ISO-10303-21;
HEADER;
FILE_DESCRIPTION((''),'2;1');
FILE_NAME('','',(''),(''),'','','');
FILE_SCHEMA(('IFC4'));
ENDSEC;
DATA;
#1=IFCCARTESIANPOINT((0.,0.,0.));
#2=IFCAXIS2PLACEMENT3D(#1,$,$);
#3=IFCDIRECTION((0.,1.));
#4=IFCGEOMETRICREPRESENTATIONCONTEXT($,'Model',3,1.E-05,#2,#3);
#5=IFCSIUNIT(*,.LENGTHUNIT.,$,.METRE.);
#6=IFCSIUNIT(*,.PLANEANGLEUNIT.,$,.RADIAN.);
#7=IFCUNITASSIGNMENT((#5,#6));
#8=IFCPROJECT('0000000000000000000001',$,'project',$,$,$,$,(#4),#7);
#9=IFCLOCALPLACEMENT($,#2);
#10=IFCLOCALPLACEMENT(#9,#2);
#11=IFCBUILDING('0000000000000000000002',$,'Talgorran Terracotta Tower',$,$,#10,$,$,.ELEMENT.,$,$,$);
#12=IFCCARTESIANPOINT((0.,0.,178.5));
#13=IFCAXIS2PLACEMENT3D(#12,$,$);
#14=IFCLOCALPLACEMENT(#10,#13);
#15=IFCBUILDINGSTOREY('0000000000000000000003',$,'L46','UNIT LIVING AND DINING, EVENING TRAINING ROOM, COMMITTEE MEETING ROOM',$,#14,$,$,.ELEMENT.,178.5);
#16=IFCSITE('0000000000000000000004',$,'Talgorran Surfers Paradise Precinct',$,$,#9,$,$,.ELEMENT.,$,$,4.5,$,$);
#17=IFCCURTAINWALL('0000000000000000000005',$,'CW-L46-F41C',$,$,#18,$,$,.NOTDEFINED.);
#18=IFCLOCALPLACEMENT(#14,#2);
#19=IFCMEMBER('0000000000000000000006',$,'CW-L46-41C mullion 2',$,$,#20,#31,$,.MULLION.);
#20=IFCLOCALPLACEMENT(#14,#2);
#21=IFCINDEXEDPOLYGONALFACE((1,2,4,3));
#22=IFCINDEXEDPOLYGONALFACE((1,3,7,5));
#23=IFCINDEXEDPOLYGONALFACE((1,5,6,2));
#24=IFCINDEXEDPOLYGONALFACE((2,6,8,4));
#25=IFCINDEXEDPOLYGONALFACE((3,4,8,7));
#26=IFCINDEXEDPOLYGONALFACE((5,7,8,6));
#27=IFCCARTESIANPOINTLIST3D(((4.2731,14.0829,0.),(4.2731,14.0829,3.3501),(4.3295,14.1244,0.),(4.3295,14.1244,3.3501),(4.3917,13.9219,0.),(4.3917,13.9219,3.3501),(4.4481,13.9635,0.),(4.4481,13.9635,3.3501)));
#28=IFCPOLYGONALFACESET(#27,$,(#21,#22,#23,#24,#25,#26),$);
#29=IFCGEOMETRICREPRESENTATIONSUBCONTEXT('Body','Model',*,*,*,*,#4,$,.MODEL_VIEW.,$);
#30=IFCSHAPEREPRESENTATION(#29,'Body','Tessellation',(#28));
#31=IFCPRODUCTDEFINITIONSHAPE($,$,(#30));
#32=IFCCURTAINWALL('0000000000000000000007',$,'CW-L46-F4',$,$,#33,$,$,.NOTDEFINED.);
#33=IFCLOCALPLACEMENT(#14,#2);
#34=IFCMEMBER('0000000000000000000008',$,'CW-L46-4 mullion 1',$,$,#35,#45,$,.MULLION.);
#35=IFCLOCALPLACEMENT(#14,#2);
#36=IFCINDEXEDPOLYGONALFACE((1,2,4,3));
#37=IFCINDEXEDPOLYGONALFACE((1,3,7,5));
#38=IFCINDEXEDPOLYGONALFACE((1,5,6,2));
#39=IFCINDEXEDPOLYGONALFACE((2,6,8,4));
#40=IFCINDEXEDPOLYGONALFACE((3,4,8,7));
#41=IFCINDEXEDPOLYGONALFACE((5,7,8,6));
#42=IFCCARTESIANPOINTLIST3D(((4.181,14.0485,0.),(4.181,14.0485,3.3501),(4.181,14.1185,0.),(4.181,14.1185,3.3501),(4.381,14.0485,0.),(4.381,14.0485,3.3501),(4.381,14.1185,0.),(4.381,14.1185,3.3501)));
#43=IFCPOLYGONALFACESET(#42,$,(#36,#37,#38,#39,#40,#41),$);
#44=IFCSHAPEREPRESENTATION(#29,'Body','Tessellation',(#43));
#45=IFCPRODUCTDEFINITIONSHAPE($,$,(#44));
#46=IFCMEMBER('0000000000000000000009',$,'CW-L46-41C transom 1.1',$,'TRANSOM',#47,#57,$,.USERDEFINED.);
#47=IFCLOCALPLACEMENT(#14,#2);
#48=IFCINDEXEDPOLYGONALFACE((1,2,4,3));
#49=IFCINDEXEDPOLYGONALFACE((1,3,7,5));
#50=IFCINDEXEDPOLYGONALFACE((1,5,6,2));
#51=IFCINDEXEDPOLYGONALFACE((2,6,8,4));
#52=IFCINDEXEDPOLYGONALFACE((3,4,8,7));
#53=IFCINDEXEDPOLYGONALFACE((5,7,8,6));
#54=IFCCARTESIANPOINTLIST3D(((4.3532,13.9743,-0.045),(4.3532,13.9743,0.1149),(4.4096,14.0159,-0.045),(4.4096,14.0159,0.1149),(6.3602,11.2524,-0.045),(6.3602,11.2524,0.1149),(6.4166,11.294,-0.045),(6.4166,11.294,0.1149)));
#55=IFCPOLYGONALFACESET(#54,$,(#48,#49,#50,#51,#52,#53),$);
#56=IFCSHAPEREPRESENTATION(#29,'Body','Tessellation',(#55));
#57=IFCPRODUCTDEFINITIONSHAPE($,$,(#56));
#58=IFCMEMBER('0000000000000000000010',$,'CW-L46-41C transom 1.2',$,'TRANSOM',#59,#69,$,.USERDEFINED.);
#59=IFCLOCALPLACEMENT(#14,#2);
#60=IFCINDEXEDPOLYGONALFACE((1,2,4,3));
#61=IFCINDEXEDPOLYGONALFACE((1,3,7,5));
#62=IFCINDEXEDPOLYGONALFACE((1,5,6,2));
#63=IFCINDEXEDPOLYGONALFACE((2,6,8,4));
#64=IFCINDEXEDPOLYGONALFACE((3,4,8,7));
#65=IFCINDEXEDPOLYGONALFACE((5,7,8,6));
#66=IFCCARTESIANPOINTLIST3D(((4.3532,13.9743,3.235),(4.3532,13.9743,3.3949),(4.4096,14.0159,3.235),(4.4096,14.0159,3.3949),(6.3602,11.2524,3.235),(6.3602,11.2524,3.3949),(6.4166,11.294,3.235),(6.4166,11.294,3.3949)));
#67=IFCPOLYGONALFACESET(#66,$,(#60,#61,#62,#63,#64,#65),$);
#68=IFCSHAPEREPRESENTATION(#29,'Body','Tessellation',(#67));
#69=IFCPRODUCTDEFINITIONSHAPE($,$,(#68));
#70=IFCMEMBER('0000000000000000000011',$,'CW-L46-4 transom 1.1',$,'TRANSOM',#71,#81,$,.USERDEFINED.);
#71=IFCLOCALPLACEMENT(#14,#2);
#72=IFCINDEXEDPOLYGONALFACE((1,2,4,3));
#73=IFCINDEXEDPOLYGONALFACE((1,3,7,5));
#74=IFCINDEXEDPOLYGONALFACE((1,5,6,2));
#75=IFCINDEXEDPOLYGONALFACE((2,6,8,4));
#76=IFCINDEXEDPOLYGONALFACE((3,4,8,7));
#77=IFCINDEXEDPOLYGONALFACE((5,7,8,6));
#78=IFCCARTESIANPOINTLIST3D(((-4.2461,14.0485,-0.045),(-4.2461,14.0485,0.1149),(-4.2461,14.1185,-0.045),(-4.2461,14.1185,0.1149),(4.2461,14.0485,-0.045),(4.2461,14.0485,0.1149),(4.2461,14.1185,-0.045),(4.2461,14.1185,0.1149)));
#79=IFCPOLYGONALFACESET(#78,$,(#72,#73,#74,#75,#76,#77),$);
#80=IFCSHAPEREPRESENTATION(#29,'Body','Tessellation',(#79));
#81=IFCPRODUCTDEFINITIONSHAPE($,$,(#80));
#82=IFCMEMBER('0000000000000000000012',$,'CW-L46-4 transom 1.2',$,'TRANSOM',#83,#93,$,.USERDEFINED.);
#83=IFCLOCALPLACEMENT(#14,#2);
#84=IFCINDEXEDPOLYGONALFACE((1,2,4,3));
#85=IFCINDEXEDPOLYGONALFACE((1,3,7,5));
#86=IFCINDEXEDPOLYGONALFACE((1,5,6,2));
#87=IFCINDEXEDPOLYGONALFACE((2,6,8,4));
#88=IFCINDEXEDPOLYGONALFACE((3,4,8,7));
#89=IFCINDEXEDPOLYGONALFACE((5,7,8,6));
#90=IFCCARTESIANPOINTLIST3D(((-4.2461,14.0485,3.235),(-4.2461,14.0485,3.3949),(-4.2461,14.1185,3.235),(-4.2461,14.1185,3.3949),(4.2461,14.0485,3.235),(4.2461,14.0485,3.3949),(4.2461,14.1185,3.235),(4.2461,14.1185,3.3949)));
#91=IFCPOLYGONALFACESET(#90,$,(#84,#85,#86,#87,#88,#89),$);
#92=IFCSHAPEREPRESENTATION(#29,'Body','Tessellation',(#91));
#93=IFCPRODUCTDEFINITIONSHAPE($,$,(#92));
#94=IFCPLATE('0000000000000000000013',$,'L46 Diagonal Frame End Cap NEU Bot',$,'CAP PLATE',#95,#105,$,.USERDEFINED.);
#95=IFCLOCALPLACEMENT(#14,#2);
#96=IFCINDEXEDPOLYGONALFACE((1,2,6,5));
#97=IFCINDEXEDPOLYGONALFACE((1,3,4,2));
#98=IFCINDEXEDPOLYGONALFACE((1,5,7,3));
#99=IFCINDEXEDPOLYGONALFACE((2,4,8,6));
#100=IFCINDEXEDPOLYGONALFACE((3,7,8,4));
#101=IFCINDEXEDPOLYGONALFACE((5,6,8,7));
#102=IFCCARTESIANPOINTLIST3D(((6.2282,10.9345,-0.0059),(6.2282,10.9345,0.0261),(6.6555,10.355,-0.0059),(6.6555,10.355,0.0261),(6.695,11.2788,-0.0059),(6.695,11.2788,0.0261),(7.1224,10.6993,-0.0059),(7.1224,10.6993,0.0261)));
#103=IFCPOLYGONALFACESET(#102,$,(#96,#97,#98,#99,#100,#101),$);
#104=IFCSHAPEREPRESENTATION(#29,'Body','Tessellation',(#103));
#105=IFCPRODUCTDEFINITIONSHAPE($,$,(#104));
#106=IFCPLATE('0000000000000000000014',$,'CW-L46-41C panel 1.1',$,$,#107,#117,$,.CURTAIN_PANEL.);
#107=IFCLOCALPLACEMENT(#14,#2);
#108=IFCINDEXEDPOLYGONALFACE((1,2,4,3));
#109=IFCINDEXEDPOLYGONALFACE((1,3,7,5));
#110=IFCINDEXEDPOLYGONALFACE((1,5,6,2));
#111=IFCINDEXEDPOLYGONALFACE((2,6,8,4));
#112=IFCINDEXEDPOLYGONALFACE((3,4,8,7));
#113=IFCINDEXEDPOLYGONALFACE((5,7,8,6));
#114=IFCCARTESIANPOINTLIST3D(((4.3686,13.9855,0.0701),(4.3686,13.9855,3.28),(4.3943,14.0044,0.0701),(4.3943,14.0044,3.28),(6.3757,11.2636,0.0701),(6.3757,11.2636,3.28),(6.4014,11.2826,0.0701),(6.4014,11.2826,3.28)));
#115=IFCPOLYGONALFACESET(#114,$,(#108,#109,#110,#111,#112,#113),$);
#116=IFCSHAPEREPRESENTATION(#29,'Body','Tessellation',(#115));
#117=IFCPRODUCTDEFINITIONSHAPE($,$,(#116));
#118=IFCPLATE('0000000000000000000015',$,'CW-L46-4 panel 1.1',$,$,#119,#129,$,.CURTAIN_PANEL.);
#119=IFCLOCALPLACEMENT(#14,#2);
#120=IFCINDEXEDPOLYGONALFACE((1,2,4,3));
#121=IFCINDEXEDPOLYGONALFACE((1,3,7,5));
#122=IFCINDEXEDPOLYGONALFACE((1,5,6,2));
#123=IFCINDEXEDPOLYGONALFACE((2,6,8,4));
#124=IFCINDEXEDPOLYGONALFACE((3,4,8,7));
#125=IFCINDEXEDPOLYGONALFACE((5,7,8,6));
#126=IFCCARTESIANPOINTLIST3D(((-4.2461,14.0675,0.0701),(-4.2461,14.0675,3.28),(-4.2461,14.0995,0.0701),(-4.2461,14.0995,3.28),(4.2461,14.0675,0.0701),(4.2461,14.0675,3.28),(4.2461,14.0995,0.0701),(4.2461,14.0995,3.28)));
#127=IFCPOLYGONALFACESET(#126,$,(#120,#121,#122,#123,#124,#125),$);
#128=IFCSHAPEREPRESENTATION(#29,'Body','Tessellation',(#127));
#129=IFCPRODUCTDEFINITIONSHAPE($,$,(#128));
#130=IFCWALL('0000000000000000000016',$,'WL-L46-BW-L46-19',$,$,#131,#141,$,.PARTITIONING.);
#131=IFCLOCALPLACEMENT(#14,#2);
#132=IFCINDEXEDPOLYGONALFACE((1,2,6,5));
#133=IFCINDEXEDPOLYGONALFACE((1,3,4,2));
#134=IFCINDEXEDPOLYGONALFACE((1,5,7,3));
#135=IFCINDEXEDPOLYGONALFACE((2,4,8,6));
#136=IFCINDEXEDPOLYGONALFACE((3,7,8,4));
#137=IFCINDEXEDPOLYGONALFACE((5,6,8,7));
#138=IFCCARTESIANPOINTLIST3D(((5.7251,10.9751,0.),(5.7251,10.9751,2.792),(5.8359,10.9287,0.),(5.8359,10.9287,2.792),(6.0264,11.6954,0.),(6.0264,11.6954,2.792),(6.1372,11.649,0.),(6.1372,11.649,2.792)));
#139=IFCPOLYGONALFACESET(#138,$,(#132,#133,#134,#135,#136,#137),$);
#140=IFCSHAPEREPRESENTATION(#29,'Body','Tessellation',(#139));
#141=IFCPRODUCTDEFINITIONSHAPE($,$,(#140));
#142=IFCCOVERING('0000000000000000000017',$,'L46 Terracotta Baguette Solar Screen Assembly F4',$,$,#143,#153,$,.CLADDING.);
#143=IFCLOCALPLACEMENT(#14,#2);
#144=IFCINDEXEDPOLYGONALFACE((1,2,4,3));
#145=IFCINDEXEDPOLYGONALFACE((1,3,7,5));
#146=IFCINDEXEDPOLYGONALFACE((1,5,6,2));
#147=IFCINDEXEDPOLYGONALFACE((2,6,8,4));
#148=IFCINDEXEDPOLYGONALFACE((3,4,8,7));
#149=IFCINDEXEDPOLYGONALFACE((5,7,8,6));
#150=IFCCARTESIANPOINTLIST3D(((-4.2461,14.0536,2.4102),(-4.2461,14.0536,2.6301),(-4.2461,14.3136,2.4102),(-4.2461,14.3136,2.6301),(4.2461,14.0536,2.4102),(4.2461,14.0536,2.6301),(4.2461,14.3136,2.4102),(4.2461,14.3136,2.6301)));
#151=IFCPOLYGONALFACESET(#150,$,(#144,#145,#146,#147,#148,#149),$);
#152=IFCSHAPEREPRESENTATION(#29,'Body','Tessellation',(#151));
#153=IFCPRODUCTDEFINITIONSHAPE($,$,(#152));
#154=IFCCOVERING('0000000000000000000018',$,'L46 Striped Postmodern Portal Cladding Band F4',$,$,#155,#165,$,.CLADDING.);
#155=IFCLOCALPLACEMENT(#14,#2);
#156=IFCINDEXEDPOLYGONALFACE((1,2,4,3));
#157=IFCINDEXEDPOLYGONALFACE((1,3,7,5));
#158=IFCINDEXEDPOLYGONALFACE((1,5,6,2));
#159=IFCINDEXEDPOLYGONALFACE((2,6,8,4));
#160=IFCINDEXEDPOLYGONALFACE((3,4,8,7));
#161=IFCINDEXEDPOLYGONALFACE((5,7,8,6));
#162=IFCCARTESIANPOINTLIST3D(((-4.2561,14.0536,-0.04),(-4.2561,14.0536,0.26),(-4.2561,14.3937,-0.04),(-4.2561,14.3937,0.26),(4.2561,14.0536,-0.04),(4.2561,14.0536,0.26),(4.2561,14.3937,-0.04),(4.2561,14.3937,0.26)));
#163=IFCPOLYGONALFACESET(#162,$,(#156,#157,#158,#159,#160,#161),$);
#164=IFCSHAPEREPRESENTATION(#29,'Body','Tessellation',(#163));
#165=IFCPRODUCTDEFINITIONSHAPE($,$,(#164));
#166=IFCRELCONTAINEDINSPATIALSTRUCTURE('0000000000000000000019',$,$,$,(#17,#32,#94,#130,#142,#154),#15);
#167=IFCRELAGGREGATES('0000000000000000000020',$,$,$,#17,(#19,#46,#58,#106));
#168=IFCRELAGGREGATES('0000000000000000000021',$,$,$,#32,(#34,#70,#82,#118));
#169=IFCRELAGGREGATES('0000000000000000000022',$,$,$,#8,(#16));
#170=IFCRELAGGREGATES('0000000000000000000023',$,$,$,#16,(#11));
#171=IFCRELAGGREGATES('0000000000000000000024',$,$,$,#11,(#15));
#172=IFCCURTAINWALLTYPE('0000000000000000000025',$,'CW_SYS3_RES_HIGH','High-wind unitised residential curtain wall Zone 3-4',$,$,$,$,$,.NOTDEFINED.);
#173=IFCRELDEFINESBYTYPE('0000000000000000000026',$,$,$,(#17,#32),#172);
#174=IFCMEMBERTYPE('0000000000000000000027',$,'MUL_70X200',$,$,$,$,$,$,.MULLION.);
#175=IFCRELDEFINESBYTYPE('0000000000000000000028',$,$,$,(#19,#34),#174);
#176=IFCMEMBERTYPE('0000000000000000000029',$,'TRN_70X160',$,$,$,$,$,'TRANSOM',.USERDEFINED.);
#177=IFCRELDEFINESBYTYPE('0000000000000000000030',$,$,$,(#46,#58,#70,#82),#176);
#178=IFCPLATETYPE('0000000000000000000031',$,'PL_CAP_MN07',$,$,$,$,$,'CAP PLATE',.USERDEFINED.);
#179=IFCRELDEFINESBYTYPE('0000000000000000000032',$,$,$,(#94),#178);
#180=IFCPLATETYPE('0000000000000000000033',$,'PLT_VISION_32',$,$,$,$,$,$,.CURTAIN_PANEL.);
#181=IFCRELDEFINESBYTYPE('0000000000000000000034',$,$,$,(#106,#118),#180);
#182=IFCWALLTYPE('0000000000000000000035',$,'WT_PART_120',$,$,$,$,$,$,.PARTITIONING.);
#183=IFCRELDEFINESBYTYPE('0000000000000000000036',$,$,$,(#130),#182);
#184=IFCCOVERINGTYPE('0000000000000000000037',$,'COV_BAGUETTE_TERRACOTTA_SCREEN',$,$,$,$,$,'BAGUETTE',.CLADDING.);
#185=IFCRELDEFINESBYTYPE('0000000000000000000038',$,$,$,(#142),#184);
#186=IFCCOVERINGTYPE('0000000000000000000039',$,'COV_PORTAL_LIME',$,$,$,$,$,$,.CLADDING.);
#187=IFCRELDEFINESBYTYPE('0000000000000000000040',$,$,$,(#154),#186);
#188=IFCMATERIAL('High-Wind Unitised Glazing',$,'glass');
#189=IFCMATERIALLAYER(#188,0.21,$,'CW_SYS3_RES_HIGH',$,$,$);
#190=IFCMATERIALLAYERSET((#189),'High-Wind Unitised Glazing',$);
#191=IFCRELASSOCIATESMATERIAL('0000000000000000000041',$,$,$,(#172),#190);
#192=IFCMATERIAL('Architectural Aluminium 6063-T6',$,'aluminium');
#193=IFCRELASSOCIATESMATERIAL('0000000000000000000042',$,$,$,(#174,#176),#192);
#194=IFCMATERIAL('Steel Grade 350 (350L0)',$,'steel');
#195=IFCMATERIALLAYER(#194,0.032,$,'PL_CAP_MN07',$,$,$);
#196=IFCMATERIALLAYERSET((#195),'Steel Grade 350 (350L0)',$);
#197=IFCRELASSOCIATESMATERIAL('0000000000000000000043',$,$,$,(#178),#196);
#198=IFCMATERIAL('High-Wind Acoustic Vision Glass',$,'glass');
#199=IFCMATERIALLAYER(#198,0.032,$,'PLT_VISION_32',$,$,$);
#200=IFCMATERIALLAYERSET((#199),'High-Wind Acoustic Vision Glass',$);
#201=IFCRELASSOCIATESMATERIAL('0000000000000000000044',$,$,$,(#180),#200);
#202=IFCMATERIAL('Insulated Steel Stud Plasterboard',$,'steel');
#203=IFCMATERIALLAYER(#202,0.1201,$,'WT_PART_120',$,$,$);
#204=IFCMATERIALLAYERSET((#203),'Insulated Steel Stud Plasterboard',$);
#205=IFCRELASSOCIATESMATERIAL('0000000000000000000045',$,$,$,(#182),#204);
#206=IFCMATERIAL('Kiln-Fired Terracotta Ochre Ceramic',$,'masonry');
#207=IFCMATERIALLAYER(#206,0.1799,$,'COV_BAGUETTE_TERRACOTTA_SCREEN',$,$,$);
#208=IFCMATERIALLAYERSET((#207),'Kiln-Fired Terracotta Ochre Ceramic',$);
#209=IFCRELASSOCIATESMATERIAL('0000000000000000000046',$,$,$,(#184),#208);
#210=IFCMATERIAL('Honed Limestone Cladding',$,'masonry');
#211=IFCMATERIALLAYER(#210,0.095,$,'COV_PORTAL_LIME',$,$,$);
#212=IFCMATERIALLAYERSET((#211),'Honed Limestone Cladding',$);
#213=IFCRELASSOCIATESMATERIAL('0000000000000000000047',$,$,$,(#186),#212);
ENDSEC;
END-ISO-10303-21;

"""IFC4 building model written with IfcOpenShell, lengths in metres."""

from ifc_helpers import new_model, si_unit, direction, frame, frame_2d, origin, origin_2d, place, context, subcontext, project, spatial, rectangle, extrude, source, transform, mapped, material, layer, layer_set, material_profile, profile_set, type_object, type_shapes, element, aggregate, save


model = new_model("IFC4")

# Units and contexts
model_context = context("Model", 3, precision=1e-05, world=origin(), true_north=direction((0.0, 1.0)))
body_context = subcontext(model_context, "Body", "Model", "MODEL_VIEW")
ifc_project = project(units=[si_unit("LENGTHUNIT", "METRE"), si_unit("PLANEANGLEUNIT", "RADIAN")], contexts=[model_context])

# Site, building, storey
site_placement = place(None, origin())
site = spatial("IfcSite", under=ifc_project, at=site_placement, Name="Talgorran Surfers Paradise Precinct", CompositionType="ELEMENT", RefElevation=4.5)
building_placement = place(site_placement, origin())
building = spatial("IfcBuilding", under=site, at=building_placement, Name="Talgorran Terracotta Tower", CompositionType="ELEMENT")
storey_placement = place(building_placement, frame((0.0, 0.0, 178.5)))
storey = spatial("IfcBuildingStorey", under=building, at=storey_placement, Name="L46", Description="UNIT LIVING AND DINING, EVENING TRAINING ROOM, COMMITTEE MEETING ROOM", CompositionType="ELEMENT", Elevation=178.5)

# Shared definitions
ifc_material_1 = material(Name="Steel Grade 350 (350L0)", Category="steel")

# Shared definitions
ifc_material_2 = material(Name="High-Wind Unitised Glazing", Category="glass")
ifc_layer_1 = layer(ifc_material_2, 0.21, Name="CW_SYS3_RES_HIGH")
ifc_layer_set_1 = layer_set([ifc_layer_1], Name="High-Wind Unitised Glazing")
curtain_wall_type = type_object("IfcCurtainWallType", Name="CW_SYS3_RES_HIGH", Description="High-wind unitised residential curtain wall Zone 3-4", PredefinedType="NOTDEFINED", material=ifc_layer_set_1)
ifc_material_3 = material(Name="Architectural Aluminium 6063-T6", Category="aluminium")
ifc_material_profile_1 = material_profile(ifc_material_3, rectangle(XDim=0.0701, YDim=0.2, at=origin_2d()), Name="CWM70X200")
ifc_profile_set_1 = profile_set([ifc_material_profile_1], Name="Architectural Aluminium 6063-T6")
member_type_1 = type_object("IfcMemberType", Name="MUL_70X200", PredefinedType="MULLION", material=ifc_profile_set_1)

# Curtain wall, member
curtain_wall_1_placement = place(storey_placement, origin())
curtain_wall_1 = element("IfcCurtainWall", 1, at=curtain_wall_1_placement, inside=storey, type_object=curtain_wall_type, Name="CW-L46-F41C", PredefinedType="NOTDEFINED")
member_1_placement = place(storey_placement, frame((4.3606, 14.0232, 0.0), z_axis=(0.0, 0.0, 1.0), x_axis=(-0.804836, -0.593497, 0.0)))
member_1 = element("IfcMember", 2, at=member_1_placement, type_object=member_type_1, Name="CW-L46-41C mullion 2", PredefinedType="MULLION", context=body_context, shape_type="SweptSolid", body=[
    extrude(rectangle(XDim=0.0701, YDim=0.2, at=origin_2d()), origin(), (0.0, 0.0, 1.0), 3.3501),
])

# Curtain wall, member
curtain_wall_2_placement = place(storey_placement, origin())
curtain_wall_2 = element("IfcCurtainWall", 3, at=curtain_wall_2_placement, inside=storey, type_object=curtain_wall_type, Name="CW-L46-F4", PredefinedType="NOTDEFINED")
member_2_placement = place(storey_placement, frame((4.281, 14.0835, 0.0), z_axis=(0.0, 0.0, 1.0), x_axis=(0.0, -1.0, 0.0)))
member_2 = element("IfcMember", 4, at=member_2_placement, type_object=member_type_1, Name="CW-L46-4 mullion 1", PredefinedType="MULLION", context=body_context, shape_type="SweptSolid", body=[
    extrude(rectangle(XDim=0.0701, YDim=0.2, at=origin_2d()), origin(), (0.0, 0.0, 1.0), 3.3501),
])

# Members
ifc_material_profile_2 = material_profile(ifc_material_3, rectangle(XDim=0.0701, YDim=0.1599, at=origin_2d()), Name="CWT70X160")
ifc_profile_set_2 = profile_set([ifc_material_profile_2], Name="Architectural Aluminium 6063-T6")
member_type_2 = type_object("IfcMemberType", Name="TRN_70X160", ElementType="TRANSOM", PredefinedType="USERDEFINED", material=ifc_profile_set_2)
member_3_placement = place(storey_placement, frame((6.3884, 11.2732, 0.0349), z_axis=(-0.593477, 0.804851, 0.0), x_axis=(-0.804851, -0.593477, 0.0)))
member_3 = element("IfcMember", 5, at=member_3_placement, type_object=member_type_2, Name="CW-L46-41C transom 1.1", ObjectType="TRANSOM", PredefinedType="USERDEFINED", context=body_context, shape_type="SweptSolid", body=[
    extrude(rectangle(XDim=0.0701, YDim=0.1599, at=origin_2d()), origin(), (0.0, 0.0, 1.0), 3.3818),
])
member_4_placement = place(storey_placement, frame((6.3884, 11.2732, 3.3149), z_axis=(-0.593477, 0.804851, 0.0), x_axis=(-0.804851, -0.593477, 0.0)))
member_4 = element("IfcMember", 6, at=member_4_placement, type_object=member_type_2, Name="CW-L46-41C transom 1.2", ObjectType="TRANSOM", PredefinedType="USERDEFINED", context=body_context, shape_type="SweptSolid", body=[
    extrude(rectangle(XDim=0.0701, YDim=0.1599, at=origin_2d()), origin(), (0.0, 0.0, 1.0), 3.3818),
])
member_5_placement = place(storey_placement, frame((4.2461, 14.0835, 0.0349), z_axis=(-1.0, 0.0, 0.0), x_axis=(0.0, -1.0, 0.0)))
member_5 = element("IfcMember", 7, at=member_5_placement, type_object=member_type_2, Name="CW-L46-4 transom 1.1", ObjectType="TRANSOM", PredefinedType="USERDEFINED", context=body_context, shape_type="SweptSolid", body=[
    extrude(rectangle(XDim=0.0701, YDim=0.1599, at=origin_2d()), origin(), (0.0, 0.0, 1.0), 8.4922),
])
member_6_placement = place(storey_placement, frame((4.2461, 14.0835, 3.3149), z_axis=(-1.0, 0.0, 0.0), x_axis=(0.0, -1.0, 0.0)))
member_6 = element("IfcMember", 8, at=member_6_placement, type_object=member_type_2, Name="CW-L46-4 transom 1.2", ObjectType="TRANSOM", PredefinedType="USERDEFINED", context=body_context, shape_type="SweptSolid", body=[
    extrude(rectangle(XDim=0.0701, YDim=0.1599, at=origin_2d()), origin(), (0.0, 0.0, 1.0), 8.4922),
])

# Plates
ifc_layer_2 = layer(ifc_material_1, 0.032, Name="PL_CAP_MN07")
ifc_layer_set_2 = layer_set([ifc_layer_2], Name="Steel Grade 350 (350L0)")
plate_type_1 = type_object("IfcPlateType", Name="PL_CAP_MN07", ElementType="CAP PLATE", PredefinedType="USERDEFINED", material=ifc_layer_set_2)
plate_1_placement = place(storey_placement, frame((6.6753, 10.8169, -0.0059), z_axis=(0.0, 0.0, 1.0), x_axis=(0.593559, -0.80479, 0.0)))
element("IfcPlate", 9, at=plate_1_placement, inside=storey, type_object=plate_type_1, Name="L46 Diagonal Frame End Cap NEU Bot", ObjectType="CAP PLATE", PredefinedType="USERDEFINED", context=body_context, shape_type="SweptSolid", body=[
    extrude(rectangle(XDim=0.72, YDim=0.5801, at=origin_2d()), origin(), (0.0, 0.0, 1.0), 0.032),
])
ifc_material_4 = material(Name="High-Wind Acoustic Vision Glass", Category="glass")
ifc_layer_3 = layer(ifc_material_4, 0.032, Name="PLT_VISION_32")
ifc_layer_set_3 = layer_set([ifc_layer_3], Name="High-Wind Acoustic Vision Glass")
plate_type_2 = type_object("IfcPlateType", Name="PLT_VISION_32", PredefinedType="CURTAIN_PANEL", material=ifc_layer_set_3)
shared_shape_1 = source(origin(), body_context, "Body", "SweptSolid", [
    extrude(rectangle(XDim=3.3818, YDim=0.032, at=origin_2d()), origin(), (0.0, 0.0, 1.0), 3.21),
])
plate_2_placement = place(storey_placement, frame((5.385, 12.634, 0.0701), z_axis=(0.0, 0.0, 1.0), x_axis=(-0.593497, 0.804836, 0.0)))
plate_2 = element("IfcPlate", 10, at=plate_2_placement, type_object=plate_type_2, Name="CW-L46-41C panel 1.1", PredefinedType="CURTAIN_PANEL", context=body_context, shape_type="MappedRepresentation", body=[
    mapped(shared_shape_1, transform((0.0, 0.0, 0.0), scale=1.0)),
])
aggregate(curtain_wall_1, [member_1, member_3, member_4, plate_2])
shared_shape_2 = source(origin(), body_context, "Body", "SweptSolid", [
    extrude(rectangle(XDim=8.4922, YDim=0.032, at=origin_2d()), origin(), (0.0, 0.0, 1.0), 3.21),
])
type_shapes(plate_type_2, [shared_shape_1, shared_shape_2])
plate_3_placement = place(storey_placement, frame((0.0, 14.0835, 0.0701), z_axis=(0.0, 0.0, 1.0), x_axis=(-1.0, 0.0, 0.0)))
plate_3 = element("IfcPlate", 11, at=plate_3_placement, type_object=plate_type_2, Name="CW-L46-4 panel 1.1", PredefinedType="CURTAIN_PANEL", context=body_context, shape_type="MappedRepresentation", body=[
    mapped(shared_shape_2, transform((0.0, 0.0, 0.0), scale=1.0)),
])
aggregate(curtain_wall_2, [member_2, member_5, member_6, plate_3])

# Wall
ifc_material_5 = material(Name="Insulated Steel Stud Plasterboard", Category="steel")
ifc_layer_4 = layer(ifc_material_5, 0.1201, Name="WT_PART_120")
ifc_layer_set_4 = layer_set([ifc_layer_4], Name="Insulated Steel Stud Plasterboard")
wall_type = type_object("IfcWallType", Name="WT_PART_120", PredefinedType="PARTITIONING", material=ifc_layer_set_4)
wall_placement = place(storey_placement, frame((5.7805, 10.9519, 0.0), z_axis=(0.0, 0.0, 1.0), x_axis=(0.385903, 0.922539, 0.0)))
element("IfcWall", 12, at=wall_placement, inside=storey, type_object=wall_type, Name="WL-L46-BW-L46-19", PredefinedType="PARTITIONING", context=body_context, shape_type="SweptSolid", body=[
    extrude(rectangle(XDim=0.7808, YDim=0.1201, at=frame_2d((0.3904, 0.0))), origin(), (0.0, 0.0, 1.0), 2.792),
])

# Coverings
ifc_material_6 = material(Name="Kiln-Fired Terracotta Ochre Ceramic", Category="masonry")
ifc_layer_5 = layer(ifc_material_6, 0.1799, Name="COV_BAGUETTE_TERRACOTTA_SCREEN")
ifc_layer_set_5 = layer_set([ifc_layer_5], Name="Kiln-Fired Terracotta Ochre Ceramic")
covering_type_1 = type_object("IfcCoveringType", Name="COV_BAGUETTE_TERRACOTTA_SCREEN", ElementType="BAGUETTE", PredefinedType="CLADDING", material=ifc_layer_set_5)
covering_1_placement = place(storey_placement, frame((0.0, 14.1836, 2.4102), z_axis=(0.0, 0.0, 1.0), x_axis=(-1.0, 0.0, 0.0)))
element("IfcCovering", 13, at=covering_1_placement, inside=storey, type_object=covering_type_1, Name="L46 Terracotta Baguette Solar Screen Assembly F4", PredefinedType="CLADDING", context=body_context, shape_type="SweptSolid", body=[
    extrude(rectangle(XDim=8.4922, YDim=0.26, at=origin_2d()), origin(), (0.0, 0.0, 1.0), 0.22),
])
ifc_material_7 = material(Name="Honed Limestone Cladding", Category="masonry")
ifc_layer_6 = layer(ifc_material_7, 0.095, Name="COV_PORTAL_LIME")
ifc_layer_set_6 = layer_set([ifc_layer_6], Name="Honed Limestone Cladding")
covering_type_2 = type_object("IfcCoveringType", Name="COV_PORTAL_LIME", PredefinedType="CLADDING", material=ifc_layer_set_6)
covering_2_placement = place(storey_placement, frame((0.0, 14.2236, -0.04), z_axis=(0.0, 0.0, 1.0), x_axis=(-1.0, 0.0, 0.0)))
element("IfcCovering", 14, at=covering_2_placement, inside=storey, type_object=covering_type_2, Name="L46 Striped Postmodern Portal Cladding Band F4", PredefinedType="CLADDING", context=body_context, shape_type="SweptSolid", body=[
    extrude(rectangle(XDim=8.5122, YDim=0.3401, at=origin_2d()), origin(), (0.0, 0.0, 1.0), 0.3),
])

save(model, "model.ifc")
